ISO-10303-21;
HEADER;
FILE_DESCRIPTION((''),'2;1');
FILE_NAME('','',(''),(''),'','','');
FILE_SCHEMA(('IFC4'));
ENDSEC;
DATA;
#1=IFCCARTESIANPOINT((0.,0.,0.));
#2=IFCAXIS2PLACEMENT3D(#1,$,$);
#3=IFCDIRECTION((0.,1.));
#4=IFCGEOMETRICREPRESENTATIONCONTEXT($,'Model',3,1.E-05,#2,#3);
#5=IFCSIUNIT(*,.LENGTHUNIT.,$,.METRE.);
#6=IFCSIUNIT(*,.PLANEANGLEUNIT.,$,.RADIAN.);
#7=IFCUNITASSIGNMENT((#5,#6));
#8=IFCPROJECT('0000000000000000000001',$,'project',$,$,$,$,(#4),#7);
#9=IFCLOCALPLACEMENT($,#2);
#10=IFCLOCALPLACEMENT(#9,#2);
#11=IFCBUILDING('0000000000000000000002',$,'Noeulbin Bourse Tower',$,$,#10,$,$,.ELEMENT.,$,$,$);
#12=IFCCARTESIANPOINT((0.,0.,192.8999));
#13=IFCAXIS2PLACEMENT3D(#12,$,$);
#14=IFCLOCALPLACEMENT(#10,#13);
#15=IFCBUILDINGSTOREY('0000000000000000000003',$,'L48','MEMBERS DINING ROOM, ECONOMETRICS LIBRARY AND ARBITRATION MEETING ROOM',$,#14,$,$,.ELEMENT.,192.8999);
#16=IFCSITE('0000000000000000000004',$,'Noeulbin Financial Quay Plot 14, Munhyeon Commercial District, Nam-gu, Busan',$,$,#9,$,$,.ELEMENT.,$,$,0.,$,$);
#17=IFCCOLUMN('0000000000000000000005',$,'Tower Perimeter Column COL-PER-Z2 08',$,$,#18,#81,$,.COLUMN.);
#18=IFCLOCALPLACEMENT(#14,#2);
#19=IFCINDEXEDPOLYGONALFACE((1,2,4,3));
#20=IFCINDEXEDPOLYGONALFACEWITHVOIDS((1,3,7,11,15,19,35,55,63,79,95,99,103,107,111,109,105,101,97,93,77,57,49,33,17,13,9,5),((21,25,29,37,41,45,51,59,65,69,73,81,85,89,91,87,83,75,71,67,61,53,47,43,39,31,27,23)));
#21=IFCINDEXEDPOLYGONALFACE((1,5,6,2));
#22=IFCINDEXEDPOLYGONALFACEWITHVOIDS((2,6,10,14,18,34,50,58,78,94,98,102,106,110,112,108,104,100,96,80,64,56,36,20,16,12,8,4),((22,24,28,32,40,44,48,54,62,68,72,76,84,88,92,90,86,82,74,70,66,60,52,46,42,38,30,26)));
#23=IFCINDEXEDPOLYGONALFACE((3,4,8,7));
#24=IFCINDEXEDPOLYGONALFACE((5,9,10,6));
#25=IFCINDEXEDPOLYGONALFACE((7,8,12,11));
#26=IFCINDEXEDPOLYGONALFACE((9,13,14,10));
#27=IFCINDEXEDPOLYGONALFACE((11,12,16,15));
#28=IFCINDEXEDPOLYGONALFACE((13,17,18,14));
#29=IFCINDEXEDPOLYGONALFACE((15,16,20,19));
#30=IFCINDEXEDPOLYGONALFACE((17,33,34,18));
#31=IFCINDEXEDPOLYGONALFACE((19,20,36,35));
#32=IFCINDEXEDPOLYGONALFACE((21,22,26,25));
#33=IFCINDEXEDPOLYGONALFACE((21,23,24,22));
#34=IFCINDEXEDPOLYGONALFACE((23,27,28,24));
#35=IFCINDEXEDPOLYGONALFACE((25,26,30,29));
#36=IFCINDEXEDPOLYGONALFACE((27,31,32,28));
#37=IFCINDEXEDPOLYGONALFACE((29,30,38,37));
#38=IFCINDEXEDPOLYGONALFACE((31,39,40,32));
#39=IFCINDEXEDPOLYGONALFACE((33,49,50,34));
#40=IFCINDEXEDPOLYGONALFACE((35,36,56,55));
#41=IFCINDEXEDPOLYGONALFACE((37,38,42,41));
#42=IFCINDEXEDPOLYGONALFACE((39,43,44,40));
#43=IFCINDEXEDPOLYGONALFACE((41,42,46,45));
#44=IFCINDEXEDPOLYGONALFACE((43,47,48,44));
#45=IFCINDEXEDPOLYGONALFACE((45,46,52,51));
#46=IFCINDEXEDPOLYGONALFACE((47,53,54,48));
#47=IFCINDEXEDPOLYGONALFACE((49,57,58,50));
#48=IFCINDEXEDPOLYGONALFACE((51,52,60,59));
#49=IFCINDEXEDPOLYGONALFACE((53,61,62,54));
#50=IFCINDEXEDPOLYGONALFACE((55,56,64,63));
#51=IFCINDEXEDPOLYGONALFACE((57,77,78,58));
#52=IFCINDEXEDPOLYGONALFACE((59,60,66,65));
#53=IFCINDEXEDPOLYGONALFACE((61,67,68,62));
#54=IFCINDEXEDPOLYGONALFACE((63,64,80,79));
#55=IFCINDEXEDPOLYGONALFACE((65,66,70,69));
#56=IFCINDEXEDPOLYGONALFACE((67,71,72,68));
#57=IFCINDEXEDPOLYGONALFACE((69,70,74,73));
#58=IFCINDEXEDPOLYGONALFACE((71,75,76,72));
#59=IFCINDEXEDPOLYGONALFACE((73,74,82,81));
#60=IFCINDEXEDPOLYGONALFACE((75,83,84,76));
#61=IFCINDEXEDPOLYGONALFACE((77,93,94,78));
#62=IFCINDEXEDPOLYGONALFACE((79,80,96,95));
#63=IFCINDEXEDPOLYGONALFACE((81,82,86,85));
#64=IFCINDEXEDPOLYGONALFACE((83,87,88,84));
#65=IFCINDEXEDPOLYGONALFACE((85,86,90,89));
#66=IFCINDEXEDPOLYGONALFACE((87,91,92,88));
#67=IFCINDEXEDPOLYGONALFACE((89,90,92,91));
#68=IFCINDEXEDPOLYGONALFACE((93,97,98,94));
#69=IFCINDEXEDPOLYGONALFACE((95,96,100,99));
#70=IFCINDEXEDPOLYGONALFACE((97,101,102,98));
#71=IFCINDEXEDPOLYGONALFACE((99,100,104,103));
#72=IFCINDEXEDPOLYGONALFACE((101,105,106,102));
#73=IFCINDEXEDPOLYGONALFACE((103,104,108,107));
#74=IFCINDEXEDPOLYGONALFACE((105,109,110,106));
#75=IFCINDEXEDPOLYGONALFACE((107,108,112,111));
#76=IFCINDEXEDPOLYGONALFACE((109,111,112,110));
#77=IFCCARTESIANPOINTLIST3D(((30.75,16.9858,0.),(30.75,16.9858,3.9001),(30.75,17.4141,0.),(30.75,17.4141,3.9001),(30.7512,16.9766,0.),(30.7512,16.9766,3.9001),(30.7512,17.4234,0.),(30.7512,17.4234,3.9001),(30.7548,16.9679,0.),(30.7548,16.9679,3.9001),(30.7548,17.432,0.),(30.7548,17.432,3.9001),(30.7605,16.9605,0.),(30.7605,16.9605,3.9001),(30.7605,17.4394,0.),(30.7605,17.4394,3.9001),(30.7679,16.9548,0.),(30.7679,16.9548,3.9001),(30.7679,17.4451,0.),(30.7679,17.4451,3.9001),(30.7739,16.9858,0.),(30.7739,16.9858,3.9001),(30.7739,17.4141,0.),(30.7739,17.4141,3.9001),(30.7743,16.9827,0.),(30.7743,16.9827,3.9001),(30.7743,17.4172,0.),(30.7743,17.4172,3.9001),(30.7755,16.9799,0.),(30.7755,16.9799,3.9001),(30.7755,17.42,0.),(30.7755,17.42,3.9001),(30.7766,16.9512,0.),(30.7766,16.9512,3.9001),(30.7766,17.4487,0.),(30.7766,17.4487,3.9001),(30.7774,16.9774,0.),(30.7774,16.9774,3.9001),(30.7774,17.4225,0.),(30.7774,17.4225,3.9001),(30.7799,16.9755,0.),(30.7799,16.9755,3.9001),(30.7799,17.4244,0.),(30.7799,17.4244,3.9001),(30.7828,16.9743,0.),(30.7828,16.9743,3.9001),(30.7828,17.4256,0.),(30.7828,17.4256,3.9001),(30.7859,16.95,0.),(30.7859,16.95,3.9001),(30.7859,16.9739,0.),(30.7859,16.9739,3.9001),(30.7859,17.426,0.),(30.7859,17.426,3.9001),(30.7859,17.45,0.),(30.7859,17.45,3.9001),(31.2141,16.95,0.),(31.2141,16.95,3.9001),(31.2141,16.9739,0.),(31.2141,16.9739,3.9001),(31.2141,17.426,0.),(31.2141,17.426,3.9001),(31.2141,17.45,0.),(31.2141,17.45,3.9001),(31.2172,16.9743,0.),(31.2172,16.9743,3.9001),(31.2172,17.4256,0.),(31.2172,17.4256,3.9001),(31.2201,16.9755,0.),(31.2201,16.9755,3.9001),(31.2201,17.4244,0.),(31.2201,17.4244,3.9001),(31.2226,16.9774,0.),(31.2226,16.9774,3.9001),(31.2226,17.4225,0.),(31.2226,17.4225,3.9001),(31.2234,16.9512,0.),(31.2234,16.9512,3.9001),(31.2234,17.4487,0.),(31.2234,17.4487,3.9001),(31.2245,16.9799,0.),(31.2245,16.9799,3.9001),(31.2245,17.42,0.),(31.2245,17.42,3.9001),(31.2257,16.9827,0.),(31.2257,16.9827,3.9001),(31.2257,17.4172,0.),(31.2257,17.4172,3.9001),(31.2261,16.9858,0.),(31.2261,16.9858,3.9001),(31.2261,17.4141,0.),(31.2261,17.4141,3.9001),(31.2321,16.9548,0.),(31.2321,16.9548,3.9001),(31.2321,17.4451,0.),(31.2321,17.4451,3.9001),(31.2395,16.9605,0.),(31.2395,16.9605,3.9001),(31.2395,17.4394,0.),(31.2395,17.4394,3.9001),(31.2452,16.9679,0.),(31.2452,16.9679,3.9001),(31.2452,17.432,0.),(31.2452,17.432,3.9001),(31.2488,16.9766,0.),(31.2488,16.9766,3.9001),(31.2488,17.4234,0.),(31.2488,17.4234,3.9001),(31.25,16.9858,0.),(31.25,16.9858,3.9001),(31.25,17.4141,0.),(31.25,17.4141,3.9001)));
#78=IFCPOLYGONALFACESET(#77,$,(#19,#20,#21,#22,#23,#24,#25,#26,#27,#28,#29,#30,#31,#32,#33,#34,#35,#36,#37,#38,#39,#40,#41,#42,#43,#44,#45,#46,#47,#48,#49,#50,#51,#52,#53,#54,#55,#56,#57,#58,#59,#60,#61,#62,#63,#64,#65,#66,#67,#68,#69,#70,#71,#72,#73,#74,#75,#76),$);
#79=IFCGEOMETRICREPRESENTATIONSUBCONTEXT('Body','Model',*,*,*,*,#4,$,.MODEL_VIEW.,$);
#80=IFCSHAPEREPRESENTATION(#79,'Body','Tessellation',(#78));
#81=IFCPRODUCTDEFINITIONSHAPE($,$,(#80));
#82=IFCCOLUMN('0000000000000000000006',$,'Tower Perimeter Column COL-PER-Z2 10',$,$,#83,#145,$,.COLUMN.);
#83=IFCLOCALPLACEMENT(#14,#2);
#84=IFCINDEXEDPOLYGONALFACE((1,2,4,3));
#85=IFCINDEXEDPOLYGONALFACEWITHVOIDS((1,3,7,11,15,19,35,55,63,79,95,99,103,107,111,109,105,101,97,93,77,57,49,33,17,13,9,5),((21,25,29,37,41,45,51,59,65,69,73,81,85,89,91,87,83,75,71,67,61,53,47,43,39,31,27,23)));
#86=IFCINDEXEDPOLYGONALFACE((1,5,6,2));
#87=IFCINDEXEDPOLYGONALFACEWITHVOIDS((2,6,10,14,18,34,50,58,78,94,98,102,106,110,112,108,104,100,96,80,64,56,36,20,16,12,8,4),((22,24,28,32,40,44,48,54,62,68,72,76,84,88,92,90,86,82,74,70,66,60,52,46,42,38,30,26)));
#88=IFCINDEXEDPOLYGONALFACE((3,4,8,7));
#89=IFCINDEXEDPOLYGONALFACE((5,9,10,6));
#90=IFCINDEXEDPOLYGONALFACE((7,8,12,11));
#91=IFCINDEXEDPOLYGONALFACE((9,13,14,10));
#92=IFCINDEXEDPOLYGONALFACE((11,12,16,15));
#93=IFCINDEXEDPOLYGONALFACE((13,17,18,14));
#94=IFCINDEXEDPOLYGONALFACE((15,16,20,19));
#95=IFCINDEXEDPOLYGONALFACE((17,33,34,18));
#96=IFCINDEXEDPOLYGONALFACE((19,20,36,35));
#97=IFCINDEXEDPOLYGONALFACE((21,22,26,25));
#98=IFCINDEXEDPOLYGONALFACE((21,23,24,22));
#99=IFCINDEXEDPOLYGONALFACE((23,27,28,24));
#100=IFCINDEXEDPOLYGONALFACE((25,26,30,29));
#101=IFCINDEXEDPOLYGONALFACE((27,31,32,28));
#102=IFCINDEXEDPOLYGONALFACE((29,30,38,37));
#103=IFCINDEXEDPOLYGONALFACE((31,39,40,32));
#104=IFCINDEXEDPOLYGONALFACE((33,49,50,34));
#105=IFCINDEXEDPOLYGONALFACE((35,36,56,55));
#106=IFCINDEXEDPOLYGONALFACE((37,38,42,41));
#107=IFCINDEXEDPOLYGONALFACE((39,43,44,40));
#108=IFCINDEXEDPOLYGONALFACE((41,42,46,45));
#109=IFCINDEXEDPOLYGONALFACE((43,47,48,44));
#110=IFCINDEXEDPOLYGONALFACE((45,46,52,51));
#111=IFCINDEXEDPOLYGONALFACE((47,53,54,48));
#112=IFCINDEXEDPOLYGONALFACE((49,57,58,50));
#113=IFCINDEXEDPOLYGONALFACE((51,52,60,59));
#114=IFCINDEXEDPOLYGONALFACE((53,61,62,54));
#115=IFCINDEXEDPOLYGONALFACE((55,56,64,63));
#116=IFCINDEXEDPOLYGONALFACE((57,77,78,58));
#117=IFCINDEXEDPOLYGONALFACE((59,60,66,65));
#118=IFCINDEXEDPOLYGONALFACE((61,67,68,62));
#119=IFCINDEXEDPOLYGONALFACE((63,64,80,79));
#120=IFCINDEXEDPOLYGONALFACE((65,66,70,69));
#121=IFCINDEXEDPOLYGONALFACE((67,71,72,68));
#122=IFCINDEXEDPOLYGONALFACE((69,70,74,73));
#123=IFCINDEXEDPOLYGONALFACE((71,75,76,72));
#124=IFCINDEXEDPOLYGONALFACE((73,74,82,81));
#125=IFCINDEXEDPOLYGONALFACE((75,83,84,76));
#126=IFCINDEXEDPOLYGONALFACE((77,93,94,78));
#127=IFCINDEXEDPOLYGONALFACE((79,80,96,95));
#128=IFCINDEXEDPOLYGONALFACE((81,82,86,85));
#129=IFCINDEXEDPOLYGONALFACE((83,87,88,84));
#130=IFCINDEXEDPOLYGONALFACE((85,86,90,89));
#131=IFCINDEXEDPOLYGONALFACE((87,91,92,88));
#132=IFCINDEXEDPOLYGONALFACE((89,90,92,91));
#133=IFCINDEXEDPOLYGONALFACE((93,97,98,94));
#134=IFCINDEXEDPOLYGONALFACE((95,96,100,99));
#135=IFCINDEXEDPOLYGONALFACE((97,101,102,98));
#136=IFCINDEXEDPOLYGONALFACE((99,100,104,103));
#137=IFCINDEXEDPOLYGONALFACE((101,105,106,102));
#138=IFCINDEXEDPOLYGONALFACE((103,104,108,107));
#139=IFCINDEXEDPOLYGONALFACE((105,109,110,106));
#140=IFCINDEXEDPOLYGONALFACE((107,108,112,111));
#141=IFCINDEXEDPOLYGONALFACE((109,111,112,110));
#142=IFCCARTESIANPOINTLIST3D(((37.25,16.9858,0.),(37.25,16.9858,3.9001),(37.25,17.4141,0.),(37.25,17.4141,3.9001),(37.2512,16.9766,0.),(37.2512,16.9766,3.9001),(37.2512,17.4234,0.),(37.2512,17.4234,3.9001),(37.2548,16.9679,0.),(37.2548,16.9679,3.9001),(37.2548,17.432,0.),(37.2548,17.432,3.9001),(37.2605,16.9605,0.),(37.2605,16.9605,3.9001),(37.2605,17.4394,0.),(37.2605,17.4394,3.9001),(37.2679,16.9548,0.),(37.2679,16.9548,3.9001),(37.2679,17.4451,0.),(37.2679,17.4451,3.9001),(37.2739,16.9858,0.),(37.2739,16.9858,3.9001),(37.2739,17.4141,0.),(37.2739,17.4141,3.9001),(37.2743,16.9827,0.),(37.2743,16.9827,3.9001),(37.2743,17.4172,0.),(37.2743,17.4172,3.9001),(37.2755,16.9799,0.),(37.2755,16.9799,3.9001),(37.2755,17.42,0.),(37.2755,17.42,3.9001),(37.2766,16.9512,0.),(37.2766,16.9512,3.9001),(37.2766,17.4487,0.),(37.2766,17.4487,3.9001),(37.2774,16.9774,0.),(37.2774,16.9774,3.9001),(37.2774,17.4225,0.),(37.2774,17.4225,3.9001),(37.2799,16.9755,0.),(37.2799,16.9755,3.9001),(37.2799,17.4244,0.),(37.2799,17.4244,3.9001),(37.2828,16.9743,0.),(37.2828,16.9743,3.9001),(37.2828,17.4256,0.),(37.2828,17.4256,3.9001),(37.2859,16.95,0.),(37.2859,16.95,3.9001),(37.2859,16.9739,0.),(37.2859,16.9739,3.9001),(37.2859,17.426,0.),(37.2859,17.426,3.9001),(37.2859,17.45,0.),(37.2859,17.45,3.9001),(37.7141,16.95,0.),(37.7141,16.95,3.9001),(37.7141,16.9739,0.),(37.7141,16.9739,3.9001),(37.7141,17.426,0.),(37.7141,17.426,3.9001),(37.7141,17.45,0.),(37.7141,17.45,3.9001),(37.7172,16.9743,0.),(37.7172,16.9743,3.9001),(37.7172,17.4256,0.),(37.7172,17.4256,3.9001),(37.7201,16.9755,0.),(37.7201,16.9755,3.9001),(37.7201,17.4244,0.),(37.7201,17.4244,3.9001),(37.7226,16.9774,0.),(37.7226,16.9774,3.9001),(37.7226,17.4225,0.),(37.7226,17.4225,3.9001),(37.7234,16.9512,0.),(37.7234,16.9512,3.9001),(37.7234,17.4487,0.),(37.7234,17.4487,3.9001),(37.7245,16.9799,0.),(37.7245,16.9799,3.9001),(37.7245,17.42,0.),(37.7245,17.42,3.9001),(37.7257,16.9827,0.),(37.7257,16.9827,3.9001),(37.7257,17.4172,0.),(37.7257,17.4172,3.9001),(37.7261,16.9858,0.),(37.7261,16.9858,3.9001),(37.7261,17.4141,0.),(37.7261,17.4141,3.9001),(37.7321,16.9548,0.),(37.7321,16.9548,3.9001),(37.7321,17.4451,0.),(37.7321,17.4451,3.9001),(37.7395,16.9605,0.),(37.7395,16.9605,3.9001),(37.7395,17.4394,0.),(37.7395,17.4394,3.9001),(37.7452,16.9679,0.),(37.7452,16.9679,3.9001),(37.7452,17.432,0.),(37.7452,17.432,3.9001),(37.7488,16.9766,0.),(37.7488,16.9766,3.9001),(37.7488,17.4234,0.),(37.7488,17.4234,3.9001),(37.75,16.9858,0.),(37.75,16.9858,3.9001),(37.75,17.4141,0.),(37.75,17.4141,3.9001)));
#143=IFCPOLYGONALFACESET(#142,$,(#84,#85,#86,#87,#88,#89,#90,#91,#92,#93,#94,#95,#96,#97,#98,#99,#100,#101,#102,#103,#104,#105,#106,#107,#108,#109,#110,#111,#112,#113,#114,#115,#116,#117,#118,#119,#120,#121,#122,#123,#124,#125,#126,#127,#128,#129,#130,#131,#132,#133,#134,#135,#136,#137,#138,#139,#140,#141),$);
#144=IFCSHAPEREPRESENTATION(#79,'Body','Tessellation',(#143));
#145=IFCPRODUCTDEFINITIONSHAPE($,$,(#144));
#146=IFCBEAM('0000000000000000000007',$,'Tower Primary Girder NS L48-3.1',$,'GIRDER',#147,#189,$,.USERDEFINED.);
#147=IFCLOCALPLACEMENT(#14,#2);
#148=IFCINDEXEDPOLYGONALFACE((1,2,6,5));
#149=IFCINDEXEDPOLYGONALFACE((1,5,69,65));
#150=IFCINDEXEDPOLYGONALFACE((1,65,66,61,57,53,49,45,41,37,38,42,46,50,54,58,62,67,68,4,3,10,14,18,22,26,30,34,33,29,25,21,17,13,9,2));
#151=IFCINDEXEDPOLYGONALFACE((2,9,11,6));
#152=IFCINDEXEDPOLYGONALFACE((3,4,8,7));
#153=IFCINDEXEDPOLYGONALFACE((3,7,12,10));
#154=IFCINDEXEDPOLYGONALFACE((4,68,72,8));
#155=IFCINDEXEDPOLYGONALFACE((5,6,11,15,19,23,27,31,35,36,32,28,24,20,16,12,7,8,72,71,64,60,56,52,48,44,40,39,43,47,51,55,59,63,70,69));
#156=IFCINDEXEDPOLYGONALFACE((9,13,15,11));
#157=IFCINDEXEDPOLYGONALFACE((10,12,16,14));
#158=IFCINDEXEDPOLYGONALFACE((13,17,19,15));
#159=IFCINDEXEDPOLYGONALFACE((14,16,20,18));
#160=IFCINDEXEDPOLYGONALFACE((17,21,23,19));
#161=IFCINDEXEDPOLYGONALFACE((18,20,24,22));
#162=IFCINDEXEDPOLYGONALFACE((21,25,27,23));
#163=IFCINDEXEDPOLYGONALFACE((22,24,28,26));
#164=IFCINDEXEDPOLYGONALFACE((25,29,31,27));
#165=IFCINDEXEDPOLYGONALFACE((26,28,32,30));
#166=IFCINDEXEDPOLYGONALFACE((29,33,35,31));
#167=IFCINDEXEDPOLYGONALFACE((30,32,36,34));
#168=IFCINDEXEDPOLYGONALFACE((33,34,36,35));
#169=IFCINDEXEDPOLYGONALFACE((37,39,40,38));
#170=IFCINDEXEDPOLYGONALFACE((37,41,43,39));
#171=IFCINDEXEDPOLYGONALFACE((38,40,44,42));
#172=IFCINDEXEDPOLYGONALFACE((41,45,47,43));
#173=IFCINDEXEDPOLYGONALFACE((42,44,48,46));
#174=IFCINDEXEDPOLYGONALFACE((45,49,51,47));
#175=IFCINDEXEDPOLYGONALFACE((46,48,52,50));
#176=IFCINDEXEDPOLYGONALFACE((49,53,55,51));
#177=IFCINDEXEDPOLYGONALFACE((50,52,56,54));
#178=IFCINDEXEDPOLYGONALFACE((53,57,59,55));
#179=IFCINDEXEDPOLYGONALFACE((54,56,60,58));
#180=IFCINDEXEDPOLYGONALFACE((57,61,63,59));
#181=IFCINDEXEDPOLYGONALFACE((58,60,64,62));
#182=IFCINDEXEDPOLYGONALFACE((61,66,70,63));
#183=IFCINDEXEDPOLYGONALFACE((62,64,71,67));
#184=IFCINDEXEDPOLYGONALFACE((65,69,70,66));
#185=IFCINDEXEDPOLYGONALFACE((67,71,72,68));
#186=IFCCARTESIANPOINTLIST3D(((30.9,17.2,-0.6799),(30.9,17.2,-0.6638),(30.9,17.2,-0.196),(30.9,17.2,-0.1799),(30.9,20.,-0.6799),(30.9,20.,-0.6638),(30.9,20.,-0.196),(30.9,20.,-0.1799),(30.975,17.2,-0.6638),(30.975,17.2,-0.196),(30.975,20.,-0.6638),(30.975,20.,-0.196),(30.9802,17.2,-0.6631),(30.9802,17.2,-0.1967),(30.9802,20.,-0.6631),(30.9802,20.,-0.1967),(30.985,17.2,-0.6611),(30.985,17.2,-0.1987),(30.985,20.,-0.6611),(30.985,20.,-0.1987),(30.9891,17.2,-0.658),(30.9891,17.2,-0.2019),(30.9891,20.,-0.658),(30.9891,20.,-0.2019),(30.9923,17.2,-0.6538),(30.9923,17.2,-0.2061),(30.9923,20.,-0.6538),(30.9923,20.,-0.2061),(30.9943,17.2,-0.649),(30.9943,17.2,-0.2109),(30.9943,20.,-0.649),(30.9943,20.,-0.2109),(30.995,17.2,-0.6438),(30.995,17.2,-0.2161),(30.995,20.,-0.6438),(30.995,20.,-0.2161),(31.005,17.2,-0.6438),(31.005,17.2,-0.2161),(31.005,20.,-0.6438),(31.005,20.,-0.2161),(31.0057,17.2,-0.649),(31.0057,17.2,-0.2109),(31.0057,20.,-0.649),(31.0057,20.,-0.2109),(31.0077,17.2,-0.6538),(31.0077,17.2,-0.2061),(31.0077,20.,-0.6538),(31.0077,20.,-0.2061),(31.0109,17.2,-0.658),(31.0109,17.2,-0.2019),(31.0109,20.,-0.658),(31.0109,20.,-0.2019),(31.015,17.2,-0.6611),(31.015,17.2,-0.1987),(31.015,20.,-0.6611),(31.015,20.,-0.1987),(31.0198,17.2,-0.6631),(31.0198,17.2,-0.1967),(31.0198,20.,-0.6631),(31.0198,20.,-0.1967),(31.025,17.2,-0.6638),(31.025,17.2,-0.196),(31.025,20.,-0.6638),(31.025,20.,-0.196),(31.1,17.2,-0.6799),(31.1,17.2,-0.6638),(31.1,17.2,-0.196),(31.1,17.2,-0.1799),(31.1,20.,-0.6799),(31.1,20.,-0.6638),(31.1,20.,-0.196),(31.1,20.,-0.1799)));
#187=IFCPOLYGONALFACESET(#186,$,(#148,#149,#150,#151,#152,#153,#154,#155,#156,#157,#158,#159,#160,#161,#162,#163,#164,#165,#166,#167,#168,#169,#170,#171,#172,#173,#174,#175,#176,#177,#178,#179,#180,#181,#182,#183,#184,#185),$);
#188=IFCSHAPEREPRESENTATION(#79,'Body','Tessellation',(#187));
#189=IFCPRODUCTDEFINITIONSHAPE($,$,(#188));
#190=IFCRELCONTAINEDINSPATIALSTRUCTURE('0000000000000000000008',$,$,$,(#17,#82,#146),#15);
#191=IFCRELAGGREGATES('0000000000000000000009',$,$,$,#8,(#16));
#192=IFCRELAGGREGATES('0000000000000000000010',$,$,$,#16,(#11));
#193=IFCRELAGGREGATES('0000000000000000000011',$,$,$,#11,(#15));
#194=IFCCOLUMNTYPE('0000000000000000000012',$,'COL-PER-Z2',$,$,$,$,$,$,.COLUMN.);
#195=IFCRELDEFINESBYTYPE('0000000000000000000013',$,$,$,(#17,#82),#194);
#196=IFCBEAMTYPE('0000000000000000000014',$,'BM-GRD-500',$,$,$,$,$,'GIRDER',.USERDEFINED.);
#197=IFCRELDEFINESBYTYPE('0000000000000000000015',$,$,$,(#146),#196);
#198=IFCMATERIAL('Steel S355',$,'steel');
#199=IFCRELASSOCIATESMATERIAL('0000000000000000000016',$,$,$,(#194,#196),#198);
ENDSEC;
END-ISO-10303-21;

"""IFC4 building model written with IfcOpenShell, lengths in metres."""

from ifc_helpers import new_model, si_unit, direction, frame, origin, origin_2d, place, context, subcontext, project, spatial, hollow_rectangle, i_section, extrude, material, material_profile, profile_set, type_object, element, save


model = new_model("IFC4")

# Units and contexts
model_context = context("Model", 3, precision=1e-05, world=origin(), true_north=direction((0.0, 1.0)))
body_context = subcontext(model_context, "Body", "Model", "MODEL_VIEW")
ifc_project = project(units=[si_unit("LENGTHUNIT", "METRE"), si_unit("PLANEANGLEUNIT", "RADIAN")], contexts=[model_context])

# Site, building, storey
site_placement = place(None, origin())
site = spatial("IfcSite", under=ifc_project, at=site_placement, Name="Noeulbin Financial Quay Plot 14, Munhyeon Commercial District, Nam-gu, Busan", CompositionType="ELEMENT", RefElevation=0.0)
building_placement = place(site_placement, origin())
building = spatial("IfcBuilding", under=site, at=building_placement, Name="Noeulbin Bourse Tower", CompositionType="ELEMENT")
storey_placement = place(building_placement, frame((0.0, 0.0, 192.8999)))
storey = spatial("IfcBuildingStorey", under=building, at=storey_placement, Name="L48", Description="MEMBERS DINING ROOM, ECONOMETRICS LIBRARY AND ARBITRATION MEETING ROOM", CompositionType="ELEMENT", Elevation=192.8999)

# Columns
ifc_material_1 = material(Name="Steel S355", Category="steel")
ifc_material_profile_1 = material_profile(ifc_material_1, hollow_rectangle(XDim=0.5, YDim=0.5, WallThickness=0.0239, InnerFilletRadius=0.012, OuterFilletRadius=0.0359, at=origin_2d()), Name="BOX-500x500x24", Category="LoadBearing")
ifc_profile_set_1 = profile_set([ifc_material_profile_1], Name="Steel S355")
column_type_1 = type_object("IfcColumnType", Name="COL-PER-Z2", PredefinedType="COLUMN", material=ifc_profile_set_1)
for number, where, z_axis, x_axis, name in (
    (1, (31.0, 17.2, 0.0), (0.0, 0.0, 1.0), (1.0, 0.0, 0.0), "Tower Perimeter Column COL-PER-Z2 08"),
    (2, (37.5, 17.2, 0.0), (0.0, 0.0, 1.0), (1.0, 0.0, 0.0), "Tower Perimeter Column COL-PER-Z2 10"),
):
    element("IfcColumn", number, at=place(storey_placement, frame(where, z_axis=z_axis, x_axis=x_axis)), inside=storey, type_object=column_type_1, Name=name, PredefinedType="COLUMN", context=body_context, shape_type="SweptSolid", body=[
        extrude(hollow_rectangle(XDim=0.5, YDim=0.5, WallThickness=0.0239, InnerFilletRadius=0.012, OuterFilletRadius=0.0359, at=origin_2d()), origin(), (0.0, 0.0, 1.0), 3.9001),
    ])

# Beam
ifc_material_profile_2 = material_profile(ifc_material_1, i_section(OverallWidth=0.2, OverallDepth=0.5, WebThickness=0.01, FlangeThickness=0.0161, FilletRadius=0.02, at=origin_2d()), Name="H-500x200x10x16", Category="LoadBearing")
ifc_profile_set_2 = profile_set([ifc_material_profile_2], Name="Steel S355")
beam_type_1 = type_object("IfcBeamType", Name="BM-GRD-500", ElementType="GIRDER", PredefinedType="USERDEFINED", material=ifc_profile_set_2)
for number, where, z_axis, x_axis, name in (
    (3, (31.0, 17.2, -0.4299), (0.0, 1.0, 0.0), (-1.0, 0.0, 0.0), "Tower Primary Girder NS L48-3.1"),
):
    element("IfcBeam", number, at=place(storey_placement, frame(where, z_axis=z_axis, x_axis=x_axis)), inside=storey, type_object=beam_type_1, Name=name, ObjectType="GIRDER", PredefinedType="USERDEFINED", context=body_context, shape_type="SweptSolid", body=[
        extrude(i_section(OverallWidth=0.2, OverallDepth=0.5, WebThickness=0.01, FlangeThickness=0.0161, FilletRadius=0.02, at=origin_2d()), origin(), (0.0, 0.0, 1.0), 2.8),
    ])

save(model, "model.ifc")
